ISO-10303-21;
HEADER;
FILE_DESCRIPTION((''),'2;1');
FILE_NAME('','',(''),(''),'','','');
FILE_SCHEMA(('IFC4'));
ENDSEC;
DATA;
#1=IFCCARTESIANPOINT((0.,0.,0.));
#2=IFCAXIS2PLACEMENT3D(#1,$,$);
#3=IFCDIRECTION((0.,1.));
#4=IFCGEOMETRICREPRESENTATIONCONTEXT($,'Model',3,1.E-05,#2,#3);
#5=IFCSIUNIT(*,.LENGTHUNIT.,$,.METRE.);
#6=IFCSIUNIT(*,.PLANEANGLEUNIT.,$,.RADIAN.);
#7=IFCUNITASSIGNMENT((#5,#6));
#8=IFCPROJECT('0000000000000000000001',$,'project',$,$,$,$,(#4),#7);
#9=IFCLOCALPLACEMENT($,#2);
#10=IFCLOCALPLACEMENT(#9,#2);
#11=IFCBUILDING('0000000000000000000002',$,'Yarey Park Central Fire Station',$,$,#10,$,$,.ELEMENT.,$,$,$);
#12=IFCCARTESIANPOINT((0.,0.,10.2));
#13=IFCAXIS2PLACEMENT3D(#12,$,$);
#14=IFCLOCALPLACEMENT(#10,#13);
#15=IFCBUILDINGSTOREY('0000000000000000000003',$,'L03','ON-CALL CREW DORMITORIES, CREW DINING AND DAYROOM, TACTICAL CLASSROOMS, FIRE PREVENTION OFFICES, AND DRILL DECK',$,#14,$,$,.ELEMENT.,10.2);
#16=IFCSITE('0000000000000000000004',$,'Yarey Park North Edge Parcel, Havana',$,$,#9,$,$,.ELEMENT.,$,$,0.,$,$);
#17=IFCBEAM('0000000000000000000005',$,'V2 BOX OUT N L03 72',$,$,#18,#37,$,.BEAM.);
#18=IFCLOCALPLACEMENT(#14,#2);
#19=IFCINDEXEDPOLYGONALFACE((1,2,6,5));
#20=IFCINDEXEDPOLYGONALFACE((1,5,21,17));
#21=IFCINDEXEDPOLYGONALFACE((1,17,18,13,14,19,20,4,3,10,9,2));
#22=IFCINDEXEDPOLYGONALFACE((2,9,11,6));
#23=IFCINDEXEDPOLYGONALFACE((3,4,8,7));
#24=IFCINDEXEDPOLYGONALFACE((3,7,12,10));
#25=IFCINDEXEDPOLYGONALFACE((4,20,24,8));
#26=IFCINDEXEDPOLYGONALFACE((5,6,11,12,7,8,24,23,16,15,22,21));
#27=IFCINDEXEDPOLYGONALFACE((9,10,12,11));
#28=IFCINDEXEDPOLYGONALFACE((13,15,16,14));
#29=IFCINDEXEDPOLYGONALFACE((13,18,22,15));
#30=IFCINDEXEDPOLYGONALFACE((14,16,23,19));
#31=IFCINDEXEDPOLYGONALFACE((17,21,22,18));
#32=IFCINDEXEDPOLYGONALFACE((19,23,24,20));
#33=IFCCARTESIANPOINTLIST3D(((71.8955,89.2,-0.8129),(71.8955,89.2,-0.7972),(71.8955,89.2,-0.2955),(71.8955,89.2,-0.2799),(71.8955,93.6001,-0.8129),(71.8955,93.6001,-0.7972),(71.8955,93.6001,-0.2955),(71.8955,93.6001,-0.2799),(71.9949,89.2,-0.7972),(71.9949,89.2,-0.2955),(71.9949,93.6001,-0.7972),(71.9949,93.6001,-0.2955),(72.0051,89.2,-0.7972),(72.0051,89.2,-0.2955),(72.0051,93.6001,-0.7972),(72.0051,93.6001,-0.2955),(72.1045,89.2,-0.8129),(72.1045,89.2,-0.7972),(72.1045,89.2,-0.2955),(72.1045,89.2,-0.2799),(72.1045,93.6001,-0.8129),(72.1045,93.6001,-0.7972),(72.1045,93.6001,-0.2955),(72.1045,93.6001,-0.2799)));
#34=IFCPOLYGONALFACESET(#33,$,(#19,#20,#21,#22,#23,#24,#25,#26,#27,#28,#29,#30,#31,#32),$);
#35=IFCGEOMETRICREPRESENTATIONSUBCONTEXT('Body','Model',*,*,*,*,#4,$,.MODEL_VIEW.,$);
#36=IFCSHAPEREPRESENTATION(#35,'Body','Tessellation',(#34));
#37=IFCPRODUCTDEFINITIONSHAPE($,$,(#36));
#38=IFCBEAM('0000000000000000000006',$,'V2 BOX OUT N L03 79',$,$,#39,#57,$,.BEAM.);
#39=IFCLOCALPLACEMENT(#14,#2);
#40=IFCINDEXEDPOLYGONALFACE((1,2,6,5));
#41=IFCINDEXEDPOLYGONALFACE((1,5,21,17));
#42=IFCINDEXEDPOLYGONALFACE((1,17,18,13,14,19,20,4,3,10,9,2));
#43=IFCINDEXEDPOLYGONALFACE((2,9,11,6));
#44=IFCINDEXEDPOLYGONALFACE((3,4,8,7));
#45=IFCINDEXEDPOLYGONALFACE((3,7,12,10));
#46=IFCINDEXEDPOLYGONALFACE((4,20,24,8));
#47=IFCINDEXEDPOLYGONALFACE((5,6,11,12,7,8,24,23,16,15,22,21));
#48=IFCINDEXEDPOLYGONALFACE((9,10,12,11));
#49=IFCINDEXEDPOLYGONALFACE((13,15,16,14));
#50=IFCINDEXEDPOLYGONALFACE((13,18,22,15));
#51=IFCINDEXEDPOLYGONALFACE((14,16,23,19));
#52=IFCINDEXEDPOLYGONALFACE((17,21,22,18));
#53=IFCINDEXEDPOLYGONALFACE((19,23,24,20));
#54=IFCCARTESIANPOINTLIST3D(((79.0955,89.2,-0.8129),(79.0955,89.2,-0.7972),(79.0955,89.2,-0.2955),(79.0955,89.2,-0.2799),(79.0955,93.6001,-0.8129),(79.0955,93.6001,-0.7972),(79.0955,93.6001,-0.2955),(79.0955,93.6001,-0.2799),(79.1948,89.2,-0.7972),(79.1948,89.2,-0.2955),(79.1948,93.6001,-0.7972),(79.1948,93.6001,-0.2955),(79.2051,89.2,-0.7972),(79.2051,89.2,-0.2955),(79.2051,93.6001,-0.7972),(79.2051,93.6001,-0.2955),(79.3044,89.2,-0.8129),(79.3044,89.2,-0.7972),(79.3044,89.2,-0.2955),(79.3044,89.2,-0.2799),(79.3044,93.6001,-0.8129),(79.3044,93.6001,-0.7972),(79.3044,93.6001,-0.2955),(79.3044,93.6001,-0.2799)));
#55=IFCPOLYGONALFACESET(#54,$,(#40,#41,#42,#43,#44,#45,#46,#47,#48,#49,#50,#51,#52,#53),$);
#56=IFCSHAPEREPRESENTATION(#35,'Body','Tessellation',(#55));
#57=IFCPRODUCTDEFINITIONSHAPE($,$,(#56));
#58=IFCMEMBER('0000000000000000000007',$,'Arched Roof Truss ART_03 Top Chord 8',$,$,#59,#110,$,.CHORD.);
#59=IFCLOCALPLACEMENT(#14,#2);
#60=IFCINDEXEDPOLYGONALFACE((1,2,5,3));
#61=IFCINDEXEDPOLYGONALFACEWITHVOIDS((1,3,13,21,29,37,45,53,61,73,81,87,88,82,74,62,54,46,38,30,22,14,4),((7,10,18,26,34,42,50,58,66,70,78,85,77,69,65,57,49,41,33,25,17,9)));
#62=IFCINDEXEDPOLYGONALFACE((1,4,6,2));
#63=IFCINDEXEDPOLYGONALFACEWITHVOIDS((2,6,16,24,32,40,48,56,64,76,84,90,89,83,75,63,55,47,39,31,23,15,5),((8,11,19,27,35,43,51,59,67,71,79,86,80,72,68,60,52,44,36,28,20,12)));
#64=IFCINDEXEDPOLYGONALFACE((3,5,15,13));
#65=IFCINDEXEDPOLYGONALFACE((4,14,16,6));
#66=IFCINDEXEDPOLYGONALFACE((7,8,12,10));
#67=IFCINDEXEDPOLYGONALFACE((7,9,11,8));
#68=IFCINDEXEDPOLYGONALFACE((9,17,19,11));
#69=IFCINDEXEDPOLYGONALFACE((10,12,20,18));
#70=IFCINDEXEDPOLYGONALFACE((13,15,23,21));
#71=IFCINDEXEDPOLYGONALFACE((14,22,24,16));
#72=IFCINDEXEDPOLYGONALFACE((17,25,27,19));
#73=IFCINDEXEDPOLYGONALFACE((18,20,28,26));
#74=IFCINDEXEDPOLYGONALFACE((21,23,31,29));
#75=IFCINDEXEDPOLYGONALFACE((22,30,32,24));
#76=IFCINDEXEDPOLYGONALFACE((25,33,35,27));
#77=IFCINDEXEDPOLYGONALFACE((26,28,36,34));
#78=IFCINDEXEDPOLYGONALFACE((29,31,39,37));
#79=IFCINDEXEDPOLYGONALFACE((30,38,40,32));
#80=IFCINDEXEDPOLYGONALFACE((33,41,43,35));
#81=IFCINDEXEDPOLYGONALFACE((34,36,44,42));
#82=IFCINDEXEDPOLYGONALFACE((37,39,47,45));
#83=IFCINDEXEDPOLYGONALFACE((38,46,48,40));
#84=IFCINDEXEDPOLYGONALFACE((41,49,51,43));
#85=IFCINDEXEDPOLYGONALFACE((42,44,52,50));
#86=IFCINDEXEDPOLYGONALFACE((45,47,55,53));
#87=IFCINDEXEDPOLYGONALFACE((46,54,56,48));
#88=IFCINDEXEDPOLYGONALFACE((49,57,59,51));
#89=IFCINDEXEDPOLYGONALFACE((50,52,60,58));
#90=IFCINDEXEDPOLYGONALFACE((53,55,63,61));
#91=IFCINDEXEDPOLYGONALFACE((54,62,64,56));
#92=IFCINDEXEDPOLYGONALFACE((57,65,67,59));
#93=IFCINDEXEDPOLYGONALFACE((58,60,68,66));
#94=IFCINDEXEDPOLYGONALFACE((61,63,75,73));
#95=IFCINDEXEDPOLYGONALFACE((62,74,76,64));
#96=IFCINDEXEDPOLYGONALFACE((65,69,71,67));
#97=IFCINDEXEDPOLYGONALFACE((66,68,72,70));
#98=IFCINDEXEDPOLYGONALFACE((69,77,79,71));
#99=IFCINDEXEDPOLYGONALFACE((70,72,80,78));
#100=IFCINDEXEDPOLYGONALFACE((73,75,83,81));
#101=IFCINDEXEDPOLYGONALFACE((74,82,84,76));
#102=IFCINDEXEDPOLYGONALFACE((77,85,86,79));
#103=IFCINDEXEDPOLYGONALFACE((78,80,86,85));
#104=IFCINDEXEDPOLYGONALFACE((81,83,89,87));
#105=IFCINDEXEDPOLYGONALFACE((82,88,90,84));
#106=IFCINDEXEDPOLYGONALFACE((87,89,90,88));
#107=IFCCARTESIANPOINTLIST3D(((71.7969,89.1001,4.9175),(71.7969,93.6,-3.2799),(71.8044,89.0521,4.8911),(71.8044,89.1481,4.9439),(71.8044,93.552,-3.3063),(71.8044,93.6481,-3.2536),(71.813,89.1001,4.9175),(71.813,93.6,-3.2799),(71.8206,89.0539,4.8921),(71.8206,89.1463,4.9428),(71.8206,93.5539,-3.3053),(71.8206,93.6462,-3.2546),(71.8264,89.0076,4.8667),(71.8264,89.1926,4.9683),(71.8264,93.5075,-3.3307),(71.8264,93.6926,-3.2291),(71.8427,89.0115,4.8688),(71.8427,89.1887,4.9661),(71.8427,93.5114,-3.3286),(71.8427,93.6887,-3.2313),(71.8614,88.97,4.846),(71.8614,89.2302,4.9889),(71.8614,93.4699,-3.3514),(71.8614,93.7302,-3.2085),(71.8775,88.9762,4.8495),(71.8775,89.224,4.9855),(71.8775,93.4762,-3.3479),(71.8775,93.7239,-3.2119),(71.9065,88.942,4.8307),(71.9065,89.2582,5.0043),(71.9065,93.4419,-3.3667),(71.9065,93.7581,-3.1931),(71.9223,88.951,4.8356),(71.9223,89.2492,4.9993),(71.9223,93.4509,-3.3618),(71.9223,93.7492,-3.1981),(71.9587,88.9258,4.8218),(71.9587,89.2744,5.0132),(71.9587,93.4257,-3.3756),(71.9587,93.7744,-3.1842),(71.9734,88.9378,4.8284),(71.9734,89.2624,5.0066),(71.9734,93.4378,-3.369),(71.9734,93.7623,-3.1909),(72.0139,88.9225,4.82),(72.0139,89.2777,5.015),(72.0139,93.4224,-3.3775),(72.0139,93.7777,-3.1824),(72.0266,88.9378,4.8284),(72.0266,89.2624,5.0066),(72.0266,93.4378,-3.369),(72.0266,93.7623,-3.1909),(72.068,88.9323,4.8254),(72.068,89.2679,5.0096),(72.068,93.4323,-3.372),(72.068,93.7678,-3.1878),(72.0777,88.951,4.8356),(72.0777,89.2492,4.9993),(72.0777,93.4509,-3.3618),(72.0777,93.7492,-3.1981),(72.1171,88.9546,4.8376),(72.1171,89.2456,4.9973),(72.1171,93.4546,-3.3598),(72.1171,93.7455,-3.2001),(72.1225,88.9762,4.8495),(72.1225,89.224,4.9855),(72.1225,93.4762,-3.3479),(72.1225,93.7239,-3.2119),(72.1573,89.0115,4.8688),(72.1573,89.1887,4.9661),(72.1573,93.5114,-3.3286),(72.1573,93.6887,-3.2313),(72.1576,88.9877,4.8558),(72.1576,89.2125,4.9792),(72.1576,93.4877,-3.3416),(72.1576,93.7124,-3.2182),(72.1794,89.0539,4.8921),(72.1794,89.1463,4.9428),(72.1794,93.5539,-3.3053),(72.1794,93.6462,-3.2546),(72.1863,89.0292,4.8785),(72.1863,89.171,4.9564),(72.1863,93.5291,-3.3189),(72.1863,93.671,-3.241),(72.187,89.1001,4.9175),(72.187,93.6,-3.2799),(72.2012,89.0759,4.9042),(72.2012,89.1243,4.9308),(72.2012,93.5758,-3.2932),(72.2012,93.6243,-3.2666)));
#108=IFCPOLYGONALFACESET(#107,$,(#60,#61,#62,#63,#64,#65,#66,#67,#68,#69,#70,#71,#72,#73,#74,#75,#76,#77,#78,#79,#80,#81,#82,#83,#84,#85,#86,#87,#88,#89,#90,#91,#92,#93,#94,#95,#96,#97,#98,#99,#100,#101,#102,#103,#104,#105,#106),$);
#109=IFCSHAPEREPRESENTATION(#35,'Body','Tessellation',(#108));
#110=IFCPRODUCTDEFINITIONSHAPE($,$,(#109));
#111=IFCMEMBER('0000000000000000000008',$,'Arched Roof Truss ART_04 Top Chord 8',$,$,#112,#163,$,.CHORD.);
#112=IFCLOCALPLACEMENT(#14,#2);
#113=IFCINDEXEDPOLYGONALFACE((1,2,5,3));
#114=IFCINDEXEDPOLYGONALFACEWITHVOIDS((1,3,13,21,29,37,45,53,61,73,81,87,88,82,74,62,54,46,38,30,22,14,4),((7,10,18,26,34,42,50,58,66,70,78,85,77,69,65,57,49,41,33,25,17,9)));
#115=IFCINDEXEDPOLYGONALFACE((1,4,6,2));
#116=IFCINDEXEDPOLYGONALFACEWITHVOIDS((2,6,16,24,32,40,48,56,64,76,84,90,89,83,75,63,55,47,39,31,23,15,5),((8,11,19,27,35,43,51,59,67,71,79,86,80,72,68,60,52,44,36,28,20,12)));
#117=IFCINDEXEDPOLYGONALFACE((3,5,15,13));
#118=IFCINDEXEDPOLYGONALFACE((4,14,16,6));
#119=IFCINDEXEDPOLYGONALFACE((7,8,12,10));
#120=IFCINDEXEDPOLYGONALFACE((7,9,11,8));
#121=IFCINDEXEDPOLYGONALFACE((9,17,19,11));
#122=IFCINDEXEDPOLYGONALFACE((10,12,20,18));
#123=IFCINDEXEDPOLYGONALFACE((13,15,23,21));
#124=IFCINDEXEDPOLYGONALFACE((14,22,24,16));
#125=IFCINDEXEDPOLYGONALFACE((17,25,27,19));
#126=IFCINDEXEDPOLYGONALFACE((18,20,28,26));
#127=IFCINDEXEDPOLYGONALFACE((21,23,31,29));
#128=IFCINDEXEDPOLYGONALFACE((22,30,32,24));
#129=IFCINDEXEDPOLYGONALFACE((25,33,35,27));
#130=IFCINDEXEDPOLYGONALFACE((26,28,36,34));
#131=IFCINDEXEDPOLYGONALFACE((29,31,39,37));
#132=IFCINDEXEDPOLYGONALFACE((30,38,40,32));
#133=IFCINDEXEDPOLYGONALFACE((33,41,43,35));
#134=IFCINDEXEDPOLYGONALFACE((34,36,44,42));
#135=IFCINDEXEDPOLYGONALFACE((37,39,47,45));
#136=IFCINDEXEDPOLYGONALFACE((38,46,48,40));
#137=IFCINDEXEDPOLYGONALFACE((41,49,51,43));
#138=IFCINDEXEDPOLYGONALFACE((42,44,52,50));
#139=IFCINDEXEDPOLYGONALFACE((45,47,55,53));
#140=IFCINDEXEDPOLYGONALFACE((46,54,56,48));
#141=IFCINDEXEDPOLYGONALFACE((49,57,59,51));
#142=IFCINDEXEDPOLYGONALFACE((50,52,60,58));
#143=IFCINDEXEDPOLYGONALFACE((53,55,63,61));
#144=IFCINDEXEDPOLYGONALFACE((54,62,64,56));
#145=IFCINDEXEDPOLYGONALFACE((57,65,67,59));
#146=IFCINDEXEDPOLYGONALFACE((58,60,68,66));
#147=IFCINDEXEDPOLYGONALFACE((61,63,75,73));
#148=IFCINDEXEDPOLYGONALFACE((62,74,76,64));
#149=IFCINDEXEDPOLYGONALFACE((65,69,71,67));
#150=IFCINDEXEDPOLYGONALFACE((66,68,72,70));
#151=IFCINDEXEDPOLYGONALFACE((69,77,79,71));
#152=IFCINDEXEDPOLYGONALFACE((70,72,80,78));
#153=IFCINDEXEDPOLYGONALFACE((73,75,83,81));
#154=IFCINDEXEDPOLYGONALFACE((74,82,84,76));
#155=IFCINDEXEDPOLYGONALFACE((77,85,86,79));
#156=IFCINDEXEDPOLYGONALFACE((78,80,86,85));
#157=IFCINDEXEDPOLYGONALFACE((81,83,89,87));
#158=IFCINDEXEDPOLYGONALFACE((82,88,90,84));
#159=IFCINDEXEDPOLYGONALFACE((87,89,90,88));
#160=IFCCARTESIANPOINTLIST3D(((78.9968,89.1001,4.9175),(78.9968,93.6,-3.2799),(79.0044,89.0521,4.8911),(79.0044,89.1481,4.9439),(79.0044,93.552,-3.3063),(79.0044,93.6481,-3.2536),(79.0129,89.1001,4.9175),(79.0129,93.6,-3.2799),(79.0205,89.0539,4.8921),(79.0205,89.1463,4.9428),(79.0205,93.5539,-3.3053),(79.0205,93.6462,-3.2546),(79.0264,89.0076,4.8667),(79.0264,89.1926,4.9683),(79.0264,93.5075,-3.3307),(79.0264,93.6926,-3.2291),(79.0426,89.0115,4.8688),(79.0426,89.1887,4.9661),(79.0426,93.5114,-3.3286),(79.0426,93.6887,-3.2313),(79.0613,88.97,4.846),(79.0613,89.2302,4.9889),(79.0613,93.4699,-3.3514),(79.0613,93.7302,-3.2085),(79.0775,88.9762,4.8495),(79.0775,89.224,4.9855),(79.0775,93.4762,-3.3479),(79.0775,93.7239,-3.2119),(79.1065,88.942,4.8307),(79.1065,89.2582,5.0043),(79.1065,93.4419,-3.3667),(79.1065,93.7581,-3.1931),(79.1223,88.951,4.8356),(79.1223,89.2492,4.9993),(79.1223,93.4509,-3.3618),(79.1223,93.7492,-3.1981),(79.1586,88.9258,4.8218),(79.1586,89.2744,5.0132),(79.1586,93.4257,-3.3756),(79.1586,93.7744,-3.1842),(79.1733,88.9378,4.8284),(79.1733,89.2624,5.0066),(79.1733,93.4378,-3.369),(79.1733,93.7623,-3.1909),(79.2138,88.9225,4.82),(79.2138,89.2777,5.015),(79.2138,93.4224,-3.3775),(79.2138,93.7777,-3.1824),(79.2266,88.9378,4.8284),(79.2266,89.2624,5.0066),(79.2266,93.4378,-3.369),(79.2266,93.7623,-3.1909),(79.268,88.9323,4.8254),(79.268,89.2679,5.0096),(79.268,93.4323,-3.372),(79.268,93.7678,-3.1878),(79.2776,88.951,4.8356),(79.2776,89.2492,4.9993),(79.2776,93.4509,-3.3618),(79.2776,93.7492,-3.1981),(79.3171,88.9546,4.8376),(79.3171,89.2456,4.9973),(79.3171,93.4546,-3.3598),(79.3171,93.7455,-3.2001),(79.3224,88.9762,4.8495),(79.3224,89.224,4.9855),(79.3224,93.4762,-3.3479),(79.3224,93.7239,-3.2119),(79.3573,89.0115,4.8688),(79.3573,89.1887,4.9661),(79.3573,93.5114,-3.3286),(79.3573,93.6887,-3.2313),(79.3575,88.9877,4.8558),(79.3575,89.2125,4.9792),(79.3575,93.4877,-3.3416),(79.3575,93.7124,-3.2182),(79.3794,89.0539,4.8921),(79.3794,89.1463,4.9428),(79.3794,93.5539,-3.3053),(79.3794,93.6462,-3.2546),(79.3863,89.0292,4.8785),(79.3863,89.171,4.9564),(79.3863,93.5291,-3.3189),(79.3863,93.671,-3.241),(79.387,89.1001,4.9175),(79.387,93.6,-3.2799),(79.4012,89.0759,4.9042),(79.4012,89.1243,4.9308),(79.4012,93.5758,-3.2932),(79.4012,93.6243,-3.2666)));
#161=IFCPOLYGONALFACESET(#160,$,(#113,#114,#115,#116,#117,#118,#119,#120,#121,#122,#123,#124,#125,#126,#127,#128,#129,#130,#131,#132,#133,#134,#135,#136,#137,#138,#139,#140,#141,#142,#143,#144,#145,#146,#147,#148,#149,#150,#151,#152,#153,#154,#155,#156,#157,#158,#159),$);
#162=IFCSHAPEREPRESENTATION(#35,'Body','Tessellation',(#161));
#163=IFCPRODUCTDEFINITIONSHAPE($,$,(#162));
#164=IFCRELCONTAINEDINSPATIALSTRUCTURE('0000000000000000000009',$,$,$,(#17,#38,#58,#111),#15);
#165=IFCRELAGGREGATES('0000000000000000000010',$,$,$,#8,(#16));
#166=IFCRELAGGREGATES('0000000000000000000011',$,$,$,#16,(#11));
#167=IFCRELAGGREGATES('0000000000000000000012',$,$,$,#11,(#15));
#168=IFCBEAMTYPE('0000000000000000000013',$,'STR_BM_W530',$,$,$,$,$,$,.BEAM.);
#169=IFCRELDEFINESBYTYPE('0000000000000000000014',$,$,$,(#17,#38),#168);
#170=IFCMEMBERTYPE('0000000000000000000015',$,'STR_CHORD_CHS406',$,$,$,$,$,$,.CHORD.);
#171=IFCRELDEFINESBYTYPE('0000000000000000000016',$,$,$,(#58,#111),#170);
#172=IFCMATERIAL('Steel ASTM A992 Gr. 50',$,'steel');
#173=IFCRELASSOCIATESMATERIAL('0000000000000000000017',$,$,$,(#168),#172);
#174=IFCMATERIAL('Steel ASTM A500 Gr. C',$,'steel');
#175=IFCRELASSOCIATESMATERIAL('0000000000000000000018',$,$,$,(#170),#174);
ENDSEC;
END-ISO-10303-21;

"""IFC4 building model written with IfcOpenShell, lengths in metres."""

from ifc_helpers import new_model, si_unit, direction, frame, origin, origin_2d, place, context, subcontext, project, spatial, hollow_circle, i_section, extrude, material, material_profile, profile_set, type_object, element, save


model = new_model("IFC4")

# Units and contexts
model_context = context("Model", 3, precision=1e-05, world=origin(), true_north=direction((0.0, 1.0)))
body_context = subcontext(model_context, "Body", "Model", "MODEL_VIEW")
ifc_project = project(units=[si_unit("LENGTHUNIT", "METRE"), si_unit("PLANEANGLEUNIT", "RADIAN")], contexts=[model_context])

# Site, building, storey
site_placement = place(None, origin())
site = spatial("IfcSite", under=ifc_project, at=site_placement, Name="Yarey Park North Edge Parcel, Havana", CompositionType="ELEMENT", RefElevation=0.0)
building_placement = place(site_placement, origin())
building = spatial("IfcBuilding", under=site, at=building_placement, Name="Yarey Park Central Fire Station", CompositionType="ELEMENT")
storey_placement = place(building_placement, frame((0.0, 0.0, 10.2)))
storey = spatial("IfcBuildingStorey", under=building, at=storey_placement, Name="L03", Description="ON-CALL CREW DORMITORIES, CREW DINING AND DAYROOM, TACTICAL CLASSROOMS, FIRE PREVENTION OFFICES, AND DRILL DECK", CompositionType="ELEMENT", Elevation=10.2)

# Beams
ifc_material_1 = material(Name="Steel ASTM A992 Gr. 50", Category="steel")
ifc_material_profile_1 = material_profile(ifc_material_1, i_section(OverallWidth=0.209, OverallDepth=0.533, WebThickness=0.0103, FlangeThickness=0.0156, at=origin_2d()), Name="W530x92")
ifc_profile_set_1 = profile_set([ifc_material_profile_1], Name="Steel ASTM A992 Gr. 50")
beam_type = type_object("IfcBeamType", Name="STR_BM_W530", PredefinedType="BEAM", material=ifc_profile_set_1)
for number, where, z_axis, x_axis, name in (
    (1, (72.0, 89.2, -0.5464), (0.0, 1.0, 0.0), (-1.0, 0.0, 0.0), "V2 BOX OUT N L03 72"),
    (2, (79.2, 89.2, -0.5464), (0.0, 1.0, 0.0), (-1.0, 0.0, 0.0), "V2 BOX OUT N L03 79"),
):
    element("IfcBeam", number, at=place(storey_placement, frame(where, z_axis=z_axis, x_axis=x_axis)), inside=storey, type_object=beam_type, Name=name, PredefinedType="BEAM", context=body_context, shape_type="SweptSolid", body=[
        extrude(i_section(OverallWidth=0.209, OverallDepth=0.533, WebThickness=0.0103, FlangeThickness=0.0156, at=origin_2d()), origin(), (0.0, 0.0, 1.0), 4.4001),
    ])

# Members
ifc_material_2 = material(Name="Steel ASTM A500 Gr. C", Category="steel")
ifc_material_profile_2 = material_profile(ifc_material_2, hollow_circle(Radius=0.2031, WallThickness=0.0161, at=origin_2d()), Name="CHS 406.4x16")
ifc_profile_set_2 = profile_set([ifc_material_profile_2], Name="Steel ASTM A500 Gr. C")
member_type_1 = type_object("IfcMemberType", Name="STR_CHORD_CHS406", PredefinedType="CHORD", material=ifc_profile_set_2)
for number, where, z_axis, x_axis, name in (
    (3, (72.0, 89.1001, 4.9175), (0.0, 0.48121, -0.876605), (-1.0, 0.0, 0.0), "Arched Roof Truss ART_03 Top Chord 8"),
    (4, (79.2, 89.1001, 4.9175), (0.0, 0.48121, -0.876605), (-1.0, 0.0, 0.0), "Arched Roof Truss ART_04 Top Chord 8"),
):
    element("IfcMember", number, at=place(storey_placement, frame(where, z_axis=z_axis, x_axis=x_axis)), inside=storey, type_object=member_type_1, Name=name, PredefinedType="CHORD", context=body_context, shape_type="SweptSolid", body=[
        extrude(hollow_circle(Radius=0.2031, WallThickness=0.0161, at=origin_2d()), origin(), (0.0, 0.0, 1.0), 9.3513),
    ])

save(model, "model.ifc")
